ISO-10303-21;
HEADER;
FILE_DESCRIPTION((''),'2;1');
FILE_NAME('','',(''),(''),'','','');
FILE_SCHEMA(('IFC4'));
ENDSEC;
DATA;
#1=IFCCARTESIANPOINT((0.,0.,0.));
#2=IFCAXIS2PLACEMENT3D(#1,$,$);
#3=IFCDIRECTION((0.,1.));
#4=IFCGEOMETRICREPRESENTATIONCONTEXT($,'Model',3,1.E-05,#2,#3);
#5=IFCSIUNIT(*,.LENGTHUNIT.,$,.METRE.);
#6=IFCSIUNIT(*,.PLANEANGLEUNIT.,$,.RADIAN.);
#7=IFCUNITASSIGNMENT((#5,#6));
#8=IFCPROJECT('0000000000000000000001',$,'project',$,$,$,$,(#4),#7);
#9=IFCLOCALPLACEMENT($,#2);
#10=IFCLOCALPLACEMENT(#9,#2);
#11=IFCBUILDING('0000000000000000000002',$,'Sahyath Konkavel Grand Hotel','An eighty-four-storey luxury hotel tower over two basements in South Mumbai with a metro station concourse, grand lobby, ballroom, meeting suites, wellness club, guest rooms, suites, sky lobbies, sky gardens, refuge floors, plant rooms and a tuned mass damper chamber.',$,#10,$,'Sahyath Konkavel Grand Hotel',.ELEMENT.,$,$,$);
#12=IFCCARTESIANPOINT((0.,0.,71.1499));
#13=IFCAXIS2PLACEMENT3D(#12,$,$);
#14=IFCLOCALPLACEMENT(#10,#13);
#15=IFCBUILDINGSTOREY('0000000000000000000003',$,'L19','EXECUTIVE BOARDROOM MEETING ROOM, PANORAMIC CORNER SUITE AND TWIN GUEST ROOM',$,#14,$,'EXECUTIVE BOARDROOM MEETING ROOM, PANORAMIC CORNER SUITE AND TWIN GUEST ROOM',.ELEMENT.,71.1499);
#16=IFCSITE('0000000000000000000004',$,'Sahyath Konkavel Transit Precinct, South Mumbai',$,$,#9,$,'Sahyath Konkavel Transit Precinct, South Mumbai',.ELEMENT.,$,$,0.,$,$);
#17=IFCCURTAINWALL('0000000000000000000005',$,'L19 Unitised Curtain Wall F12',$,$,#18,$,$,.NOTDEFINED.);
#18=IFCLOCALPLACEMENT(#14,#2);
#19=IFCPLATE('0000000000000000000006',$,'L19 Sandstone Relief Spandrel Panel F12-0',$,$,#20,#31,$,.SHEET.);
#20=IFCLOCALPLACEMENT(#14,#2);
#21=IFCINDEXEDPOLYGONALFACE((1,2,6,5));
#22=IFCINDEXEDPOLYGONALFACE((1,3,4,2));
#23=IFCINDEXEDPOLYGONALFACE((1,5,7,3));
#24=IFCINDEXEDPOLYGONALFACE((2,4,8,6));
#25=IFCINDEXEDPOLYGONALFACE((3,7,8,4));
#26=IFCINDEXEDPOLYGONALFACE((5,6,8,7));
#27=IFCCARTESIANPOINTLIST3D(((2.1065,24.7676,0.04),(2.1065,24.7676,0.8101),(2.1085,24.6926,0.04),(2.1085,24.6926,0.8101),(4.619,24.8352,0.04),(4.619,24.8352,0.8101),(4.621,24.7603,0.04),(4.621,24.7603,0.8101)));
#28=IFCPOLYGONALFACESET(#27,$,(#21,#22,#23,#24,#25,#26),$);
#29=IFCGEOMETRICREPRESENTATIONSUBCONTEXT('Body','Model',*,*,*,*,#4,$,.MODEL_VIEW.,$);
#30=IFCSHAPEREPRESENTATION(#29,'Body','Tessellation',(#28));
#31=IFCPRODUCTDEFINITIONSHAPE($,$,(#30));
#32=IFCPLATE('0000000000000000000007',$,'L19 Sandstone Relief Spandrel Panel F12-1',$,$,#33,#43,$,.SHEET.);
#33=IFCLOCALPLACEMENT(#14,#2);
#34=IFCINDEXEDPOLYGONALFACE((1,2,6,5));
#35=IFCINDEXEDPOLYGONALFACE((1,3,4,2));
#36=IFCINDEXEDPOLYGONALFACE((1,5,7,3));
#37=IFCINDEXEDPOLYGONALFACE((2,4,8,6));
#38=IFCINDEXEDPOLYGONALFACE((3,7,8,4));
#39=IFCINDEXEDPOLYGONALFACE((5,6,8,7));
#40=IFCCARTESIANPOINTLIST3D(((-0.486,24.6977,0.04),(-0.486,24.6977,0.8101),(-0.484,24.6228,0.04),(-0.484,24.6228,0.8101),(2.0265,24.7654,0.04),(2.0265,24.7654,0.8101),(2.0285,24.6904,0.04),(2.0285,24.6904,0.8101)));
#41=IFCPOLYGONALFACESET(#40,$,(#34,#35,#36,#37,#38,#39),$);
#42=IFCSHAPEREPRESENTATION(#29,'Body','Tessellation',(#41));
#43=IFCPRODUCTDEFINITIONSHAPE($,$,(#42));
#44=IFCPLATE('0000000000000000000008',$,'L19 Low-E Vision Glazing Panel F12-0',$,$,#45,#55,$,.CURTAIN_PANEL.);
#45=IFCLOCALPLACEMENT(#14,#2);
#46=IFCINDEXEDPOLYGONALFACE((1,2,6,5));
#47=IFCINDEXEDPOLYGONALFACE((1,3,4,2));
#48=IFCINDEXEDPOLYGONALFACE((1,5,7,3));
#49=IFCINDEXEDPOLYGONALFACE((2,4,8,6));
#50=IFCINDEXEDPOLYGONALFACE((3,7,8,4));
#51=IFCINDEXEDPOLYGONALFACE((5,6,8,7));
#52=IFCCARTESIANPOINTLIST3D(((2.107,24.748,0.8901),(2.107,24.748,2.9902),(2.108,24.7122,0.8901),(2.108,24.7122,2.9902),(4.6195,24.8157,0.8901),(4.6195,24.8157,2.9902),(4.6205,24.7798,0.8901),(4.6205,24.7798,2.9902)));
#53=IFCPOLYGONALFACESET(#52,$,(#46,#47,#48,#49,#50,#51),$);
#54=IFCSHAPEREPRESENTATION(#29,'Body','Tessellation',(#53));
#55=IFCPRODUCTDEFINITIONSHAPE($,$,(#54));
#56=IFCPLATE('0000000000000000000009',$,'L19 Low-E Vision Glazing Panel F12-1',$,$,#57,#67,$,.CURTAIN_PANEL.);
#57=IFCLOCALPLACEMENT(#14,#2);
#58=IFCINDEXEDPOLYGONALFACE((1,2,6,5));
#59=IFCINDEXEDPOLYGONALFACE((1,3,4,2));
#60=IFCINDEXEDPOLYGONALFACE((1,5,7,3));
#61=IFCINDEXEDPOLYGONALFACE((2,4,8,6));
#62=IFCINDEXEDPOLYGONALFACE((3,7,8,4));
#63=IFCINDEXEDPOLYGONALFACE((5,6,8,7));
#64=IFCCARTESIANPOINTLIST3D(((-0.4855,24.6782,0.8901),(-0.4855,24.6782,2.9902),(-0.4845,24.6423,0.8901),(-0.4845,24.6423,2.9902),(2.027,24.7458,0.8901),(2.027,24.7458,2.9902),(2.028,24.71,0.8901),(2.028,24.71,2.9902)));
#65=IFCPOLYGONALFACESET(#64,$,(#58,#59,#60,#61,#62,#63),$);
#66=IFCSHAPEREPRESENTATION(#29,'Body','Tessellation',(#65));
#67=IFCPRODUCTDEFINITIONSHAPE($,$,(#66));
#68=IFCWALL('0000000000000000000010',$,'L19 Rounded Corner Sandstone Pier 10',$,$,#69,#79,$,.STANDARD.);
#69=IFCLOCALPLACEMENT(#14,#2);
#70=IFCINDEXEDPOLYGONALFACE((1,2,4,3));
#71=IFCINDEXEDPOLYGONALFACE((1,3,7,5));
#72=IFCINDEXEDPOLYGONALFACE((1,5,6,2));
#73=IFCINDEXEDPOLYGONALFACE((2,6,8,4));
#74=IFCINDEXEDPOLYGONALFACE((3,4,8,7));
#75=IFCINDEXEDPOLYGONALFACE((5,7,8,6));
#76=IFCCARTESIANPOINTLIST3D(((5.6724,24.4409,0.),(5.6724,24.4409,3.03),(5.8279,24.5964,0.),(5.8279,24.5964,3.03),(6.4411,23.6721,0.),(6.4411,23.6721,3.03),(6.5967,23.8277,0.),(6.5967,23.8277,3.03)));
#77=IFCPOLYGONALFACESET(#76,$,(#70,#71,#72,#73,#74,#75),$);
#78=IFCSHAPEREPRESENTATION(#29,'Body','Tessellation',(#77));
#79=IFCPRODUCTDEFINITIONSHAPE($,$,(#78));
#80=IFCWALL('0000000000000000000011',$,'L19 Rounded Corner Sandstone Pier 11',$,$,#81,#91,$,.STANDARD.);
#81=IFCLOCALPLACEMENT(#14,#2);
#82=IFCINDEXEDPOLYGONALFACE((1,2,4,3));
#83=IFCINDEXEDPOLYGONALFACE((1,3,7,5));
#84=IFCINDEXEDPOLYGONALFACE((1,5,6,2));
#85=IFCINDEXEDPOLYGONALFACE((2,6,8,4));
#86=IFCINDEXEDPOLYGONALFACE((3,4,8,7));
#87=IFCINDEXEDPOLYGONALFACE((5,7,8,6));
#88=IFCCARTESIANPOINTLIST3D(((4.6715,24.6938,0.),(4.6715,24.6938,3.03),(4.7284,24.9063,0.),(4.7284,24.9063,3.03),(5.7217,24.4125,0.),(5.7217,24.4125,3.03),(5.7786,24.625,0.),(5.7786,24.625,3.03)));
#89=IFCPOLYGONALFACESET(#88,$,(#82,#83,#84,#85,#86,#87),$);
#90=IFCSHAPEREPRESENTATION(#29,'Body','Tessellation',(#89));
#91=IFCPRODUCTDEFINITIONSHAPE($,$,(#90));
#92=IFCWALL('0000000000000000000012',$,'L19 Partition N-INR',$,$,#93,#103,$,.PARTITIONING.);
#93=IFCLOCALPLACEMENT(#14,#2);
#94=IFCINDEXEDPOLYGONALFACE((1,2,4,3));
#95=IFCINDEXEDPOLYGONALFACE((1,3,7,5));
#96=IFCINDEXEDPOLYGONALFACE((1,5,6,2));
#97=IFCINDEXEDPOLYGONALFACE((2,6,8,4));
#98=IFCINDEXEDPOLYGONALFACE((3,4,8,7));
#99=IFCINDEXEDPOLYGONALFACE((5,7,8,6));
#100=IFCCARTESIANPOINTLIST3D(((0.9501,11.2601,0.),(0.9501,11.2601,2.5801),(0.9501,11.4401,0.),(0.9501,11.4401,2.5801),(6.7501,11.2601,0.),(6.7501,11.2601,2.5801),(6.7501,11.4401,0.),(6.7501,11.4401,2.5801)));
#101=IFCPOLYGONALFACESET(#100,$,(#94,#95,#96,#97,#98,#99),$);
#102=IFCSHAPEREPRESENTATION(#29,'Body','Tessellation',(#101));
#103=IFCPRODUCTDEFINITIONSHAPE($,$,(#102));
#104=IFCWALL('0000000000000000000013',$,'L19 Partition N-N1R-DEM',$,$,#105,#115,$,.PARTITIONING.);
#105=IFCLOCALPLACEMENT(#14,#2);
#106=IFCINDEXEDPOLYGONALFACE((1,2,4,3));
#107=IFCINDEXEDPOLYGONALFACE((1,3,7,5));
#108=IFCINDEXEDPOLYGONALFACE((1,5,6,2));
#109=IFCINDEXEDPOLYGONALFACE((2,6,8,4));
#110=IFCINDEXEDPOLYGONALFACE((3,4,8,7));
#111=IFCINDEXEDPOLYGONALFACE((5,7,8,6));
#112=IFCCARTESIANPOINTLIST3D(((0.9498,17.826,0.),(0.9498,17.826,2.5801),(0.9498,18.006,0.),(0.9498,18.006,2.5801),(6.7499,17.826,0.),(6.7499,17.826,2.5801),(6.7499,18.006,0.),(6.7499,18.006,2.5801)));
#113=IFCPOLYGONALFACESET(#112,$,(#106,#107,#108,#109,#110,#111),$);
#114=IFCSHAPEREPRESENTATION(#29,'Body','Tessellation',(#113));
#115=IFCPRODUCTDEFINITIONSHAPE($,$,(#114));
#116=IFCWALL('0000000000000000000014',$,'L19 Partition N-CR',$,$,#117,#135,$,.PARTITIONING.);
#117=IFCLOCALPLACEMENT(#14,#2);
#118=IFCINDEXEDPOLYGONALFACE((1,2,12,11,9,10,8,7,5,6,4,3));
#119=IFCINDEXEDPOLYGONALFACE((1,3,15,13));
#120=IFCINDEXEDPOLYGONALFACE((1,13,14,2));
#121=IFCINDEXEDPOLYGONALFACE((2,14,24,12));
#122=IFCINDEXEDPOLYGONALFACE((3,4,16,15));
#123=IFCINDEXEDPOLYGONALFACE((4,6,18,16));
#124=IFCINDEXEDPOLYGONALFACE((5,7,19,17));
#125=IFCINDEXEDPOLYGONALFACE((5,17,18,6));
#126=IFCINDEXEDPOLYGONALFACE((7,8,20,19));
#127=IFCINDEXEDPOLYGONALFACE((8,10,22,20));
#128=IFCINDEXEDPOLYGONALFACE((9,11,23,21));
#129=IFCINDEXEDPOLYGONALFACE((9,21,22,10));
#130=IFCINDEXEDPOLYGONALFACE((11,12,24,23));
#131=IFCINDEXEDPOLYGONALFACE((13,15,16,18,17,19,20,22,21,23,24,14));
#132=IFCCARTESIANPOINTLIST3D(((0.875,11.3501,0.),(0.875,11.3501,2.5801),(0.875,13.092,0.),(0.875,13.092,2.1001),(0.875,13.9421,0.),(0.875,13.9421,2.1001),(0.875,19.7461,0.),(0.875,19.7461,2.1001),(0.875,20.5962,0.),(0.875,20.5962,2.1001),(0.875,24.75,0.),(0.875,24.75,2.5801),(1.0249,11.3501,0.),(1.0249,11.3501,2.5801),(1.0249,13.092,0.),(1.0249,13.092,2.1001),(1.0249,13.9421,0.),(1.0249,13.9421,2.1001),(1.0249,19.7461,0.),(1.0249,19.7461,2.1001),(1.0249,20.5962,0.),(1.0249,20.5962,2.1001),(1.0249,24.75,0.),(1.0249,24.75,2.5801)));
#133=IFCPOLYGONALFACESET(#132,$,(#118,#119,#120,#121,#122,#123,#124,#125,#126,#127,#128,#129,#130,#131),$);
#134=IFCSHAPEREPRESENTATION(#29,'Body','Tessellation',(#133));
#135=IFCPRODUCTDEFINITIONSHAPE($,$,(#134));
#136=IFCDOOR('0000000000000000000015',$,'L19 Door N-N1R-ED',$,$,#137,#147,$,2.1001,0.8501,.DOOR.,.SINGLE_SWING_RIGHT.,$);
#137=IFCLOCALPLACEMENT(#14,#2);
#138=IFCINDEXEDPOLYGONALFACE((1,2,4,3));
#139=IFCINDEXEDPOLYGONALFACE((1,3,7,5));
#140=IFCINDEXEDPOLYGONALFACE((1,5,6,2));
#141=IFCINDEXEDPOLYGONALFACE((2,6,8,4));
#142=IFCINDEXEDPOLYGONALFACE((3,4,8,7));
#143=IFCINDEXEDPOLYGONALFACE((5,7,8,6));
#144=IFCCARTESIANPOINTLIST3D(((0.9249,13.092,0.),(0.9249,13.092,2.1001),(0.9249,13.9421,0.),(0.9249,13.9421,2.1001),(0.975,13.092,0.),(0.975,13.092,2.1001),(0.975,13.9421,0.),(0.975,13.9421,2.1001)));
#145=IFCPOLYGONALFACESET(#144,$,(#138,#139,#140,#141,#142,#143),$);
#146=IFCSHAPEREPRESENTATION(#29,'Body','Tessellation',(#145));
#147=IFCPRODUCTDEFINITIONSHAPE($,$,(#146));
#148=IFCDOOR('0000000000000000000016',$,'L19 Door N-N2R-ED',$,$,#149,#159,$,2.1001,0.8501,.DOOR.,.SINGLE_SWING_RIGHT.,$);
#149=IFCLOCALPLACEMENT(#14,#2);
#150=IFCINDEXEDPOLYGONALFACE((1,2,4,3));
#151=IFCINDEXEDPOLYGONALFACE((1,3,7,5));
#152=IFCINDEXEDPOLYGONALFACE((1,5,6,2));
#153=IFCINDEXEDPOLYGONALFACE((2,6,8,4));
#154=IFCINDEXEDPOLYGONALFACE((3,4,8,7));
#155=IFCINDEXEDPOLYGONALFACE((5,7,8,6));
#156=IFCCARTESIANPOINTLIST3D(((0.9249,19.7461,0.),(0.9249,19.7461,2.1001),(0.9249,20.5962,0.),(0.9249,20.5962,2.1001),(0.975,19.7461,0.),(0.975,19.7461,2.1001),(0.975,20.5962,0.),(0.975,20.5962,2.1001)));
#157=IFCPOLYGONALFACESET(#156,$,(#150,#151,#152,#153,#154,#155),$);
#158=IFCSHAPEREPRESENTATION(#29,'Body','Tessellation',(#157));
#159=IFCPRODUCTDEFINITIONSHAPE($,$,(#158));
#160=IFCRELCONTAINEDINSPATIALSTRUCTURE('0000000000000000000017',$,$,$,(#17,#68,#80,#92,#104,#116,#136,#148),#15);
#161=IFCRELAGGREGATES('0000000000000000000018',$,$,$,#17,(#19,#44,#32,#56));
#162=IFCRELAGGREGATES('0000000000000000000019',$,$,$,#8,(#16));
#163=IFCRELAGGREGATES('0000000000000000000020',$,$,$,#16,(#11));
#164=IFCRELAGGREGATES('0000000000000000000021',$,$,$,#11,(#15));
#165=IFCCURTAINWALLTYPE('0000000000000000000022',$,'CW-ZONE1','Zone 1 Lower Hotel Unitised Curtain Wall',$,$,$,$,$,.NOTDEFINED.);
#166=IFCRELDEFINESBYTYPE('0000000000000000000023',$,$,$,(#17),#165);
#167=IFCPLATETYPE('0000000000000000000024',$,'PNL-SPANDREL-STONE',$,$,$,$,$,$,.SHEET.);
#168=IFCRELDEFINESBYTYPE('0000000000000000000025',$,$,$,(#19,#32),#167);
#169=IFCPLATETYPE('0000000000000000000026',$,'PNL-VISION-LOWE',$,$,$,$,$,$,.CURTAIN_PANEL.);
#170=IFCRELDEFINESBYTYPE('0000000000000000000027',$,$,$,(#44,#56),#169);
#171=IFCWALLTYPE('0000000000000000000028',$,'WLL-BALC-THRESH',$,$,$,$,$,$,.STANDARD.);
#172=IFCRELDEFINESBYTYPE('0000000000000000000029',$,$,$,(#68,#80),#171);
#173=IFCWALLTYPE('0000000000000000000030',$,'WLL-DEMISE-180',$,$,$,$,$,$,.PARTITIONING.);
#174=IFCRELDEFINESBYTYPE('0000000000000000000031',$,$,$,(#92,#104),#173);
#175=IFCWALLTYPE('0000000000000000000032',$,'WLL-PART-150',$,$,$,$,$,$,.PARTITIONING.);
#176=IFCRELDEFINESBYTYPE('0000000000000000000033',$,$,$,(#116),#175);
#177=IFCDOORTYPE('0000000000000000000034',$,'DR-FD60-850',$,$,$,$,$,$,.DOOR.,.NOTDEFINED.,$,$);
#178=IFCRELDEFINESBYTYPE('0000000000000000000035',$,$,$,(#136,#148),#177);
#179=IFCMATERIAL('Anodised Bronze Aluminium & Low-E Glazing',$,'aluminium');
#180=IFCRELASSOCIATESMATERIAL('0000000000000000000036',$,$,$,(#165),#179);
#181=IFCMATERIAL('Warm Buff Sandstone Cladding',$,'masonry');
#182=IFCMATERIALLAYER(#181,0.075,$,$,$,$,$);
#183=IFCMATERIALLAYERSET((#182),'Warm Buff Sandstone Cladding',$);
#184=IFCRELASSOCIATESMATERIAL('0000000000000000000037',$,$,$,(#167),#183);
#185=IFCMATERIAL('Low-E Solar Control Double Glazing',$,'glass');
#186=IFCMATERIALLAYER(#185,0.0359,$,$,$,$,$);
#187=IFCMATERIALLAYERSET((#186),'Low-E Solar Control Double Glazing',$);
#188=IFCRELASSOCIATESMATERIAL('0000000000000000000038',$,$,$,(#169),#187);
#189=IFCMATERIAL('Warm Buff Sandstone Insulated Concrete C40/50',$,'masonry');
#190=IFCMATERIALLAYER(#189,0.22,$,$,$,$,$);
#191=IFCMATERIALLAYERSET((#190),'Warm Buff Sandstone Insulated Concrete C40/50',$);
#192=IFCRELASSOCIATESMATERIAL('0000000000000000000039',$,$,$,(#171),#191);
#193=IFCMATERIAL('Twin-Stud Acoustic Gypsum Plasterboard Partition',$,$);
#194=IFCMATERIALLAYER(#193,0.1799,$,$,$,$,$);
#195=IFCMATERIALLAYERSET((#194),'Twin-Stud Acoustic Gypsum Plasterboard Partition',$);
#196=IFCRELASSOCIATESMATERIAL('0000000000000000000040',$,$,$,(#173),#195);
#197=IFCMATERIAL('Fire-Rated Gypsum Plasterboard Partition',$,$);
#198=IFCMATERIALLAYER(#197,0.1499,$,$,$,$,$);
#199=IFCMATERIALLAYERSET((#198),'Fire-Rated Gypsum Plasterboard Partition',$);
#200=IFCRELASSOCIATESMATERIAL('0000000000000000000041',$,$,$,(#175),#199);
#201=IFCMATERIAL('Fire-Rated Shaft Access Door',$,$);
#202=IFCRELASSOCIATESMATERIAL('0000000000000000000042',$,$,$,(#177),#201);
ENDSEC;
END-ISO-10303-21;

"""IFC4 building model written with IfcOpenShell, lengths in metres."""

from ifc_helpers import new_model, si_unit, direction, frame, frame_2d, origin, origin_2d, place, context, subcontext, project, spatial, rectangle, extrude, source, transform, mapped, material, layer, layer_set, type_object, element, fill, aggregate, save


model = new_model("IFC4")

# Units and contexts
model_context = context("Model", 3, precision=1e-05, world=origin(), true_north=direction((0.0, 1.0)))
body_context = subcontext(model_context, "Body", "Model", "MODEL_VIEW")
ifc_project = project(units=[si_unit("LENGTHUNIT", "METRE"), si_unit("PLANEANGLEUNIT", "RADIAN")], contexts=[model_context])

# Site, building, storey
site_placement = place(None, origin())
site = spatial("IfcSite", under=ifc_project, at=site_placement, Name="Sahyath Konkavel Transit Precinct, South Mumbai", LongName="Sahyath Konkavel Transit Precinct, South Mumbai", CompositionType="ELEMENT", RefElevation=0.0)
building_placement = place(site_placement, origin())
building = spatial("IfcBuilding", under=site, at=building_placement, Name="Sahyath Konkavel Grand Hotel", Description="An eighty-four-storey luxury hotel tower over two basements in South Mumbai with a metro station concourse, grand lobby, ballroom, meeting suites, wellness club, guest rooms, suites, sky lobbies, sky gardens, refuge floors, plant rooms and a tuned mass damper chamber.", LongName="Sahyath Konkavel Grand Hotel", CompositionType="ELEMENT")
storey_placement = place(building_placement, frame((0.0, 0.0, 71.1499)))
storey = spatial("IfcBuildingStorey", under=building, at=storey_placement, Name="L19", Description="EXECUTIVE BOARDROOM MEETING ROOM, PANORAMIC CORNER SUITE AND TWIN GUEST ROOM", LongName="EXECUTIVE BOARDROOM MEETING ROOM, PANORAMIC CORNER SUITE AND TWIN GUEST ROOM", CompositionType="ELEMENT", Elevation=71.1499)

# Curtain wall, plates
ifc_material_1 = material(Name="Anodised Bronze Aluminium & Low-E Glazing", Category="aluminium")
curtain_wall_type = type_object("IfcCurtainWallType", Name="CW-ZONE1", Description="Zone 1 Lower Hotel Unitised Curtain Wall", PredefinedType="NOTDEFINED", material=ifc_material_1)
curtain_wall_placement = place(storey_placement, origin())
curtain_wall = element("IfcCurtainWall", 1, at=curtain_wall_placement, inside=storey, type_object=curtain_wall_type, Name="L19 Unitised Curtain Wall F12", PredefinedType="NOTDEFINED")
ifc_material_2 = material(Name="Warm Buff Sandstone Cladding", Category="masonry")
ifc_layer_1 = layer(ifc_material_2, 0.075)
ifc_layer_set_1 = layer_set([ifc_layer_1], Name="Warm Buff Sandstone Cladding")
plate_type_1 = type_object("IfcPlateType", Name="PNL-SPANDREL-STONE", PredefinedType="SHEET", material=ifc_layer_set_1)
shared_shape_1 = source(origin(), body_context, "Body", "SweptSolid", [
    extrude(rectangle(XDim=2.5134, YDim=0.075, at=origin_2d()), origin(), (0.0, 0.0, 1.0), 0.77),
])
plate_1_placement = place(storey_placement, frame((3.3638, 24.7639, 0.04), z_axis=(0.0, 0.0, 1.0), x_axis=(-0.999638, -0.02691, 0.0)))
plate_1 = element("IfcPlate", 2, at=plate_1_placement, type_object=plate_type_1, Name="L19 Sandstone Relief Spandrel Panel F12-0", PredefinedType="SHEET", context=body_context, shape_type="MappedRepresentation", body=[
    mapped(shared_shape_1, transform((0.0, 0.0, 0.0), scale=1.0)),
])
plate_2_placement = place(storey_placement, frame((0.7712, 24.6941, 0.04), z_axis=(0.0, 0.0, 1.0), x_axis=(-0.999638, -0.02691, 0.0)))
plate_2 = element("IfcPlate", 3, at=plate_2_placement, type_object=plate_type_1, Name="L19 Sandstone Relief Spandrel Panel F12-1", PredefinedType="SHEET", context=body_context, shape_type="MappedRepresentation", body=[
    mapped(shared_shape_1, transform((0.0, 0.0, 0.0), scale=1.0)),
])
ifc_material_3 = material(Name="Low-E Solar Control Double Glazing", Category="glass")
ifc_layer_2 = layer(ifc_material_3, 0.0359)
ifc_layer_set_2 = layer_set([ifc_layer_2], Name="Low-E Solar Control Double Glazing")
plate_type_2 = type_object("IfcPlateType", Name="PNL-VISION-LOWE", PredefinedType="CURTAIN_PANEL", material=ifc_layer_set_2)
shared_shape_2 = source(origin(), body_context, "Body", "SweptSolid", [
    extrude(rectangle(XDim=2.5134, YDim=0.0359, at=origin_2d()), origin(), (0.0, 0.0, 1.0), 2.1001),
])
plate_3_placement = place(storey_placement, frame((3.3638, 24.7639, 0.8901), z_axis=(0.0, 0.0, 1.0), x_axis=(-0.999638, -0.02691, 0.0)))
plate_3 = element("IfcPlate", 4, at=plate_3_placement, type_object=plate_type_2, Name="L19 Low-E Vision Glazing Panel F12-0", PredefinedType="CURTAIN_PANEL", context=body_context, shape_type="MappedRepresentation", body=[
    mapped(shared_shape_2, transform((0.0, 0.0, 0.0), scale=1.0)),
])
plate_4_placement = place(storey_placement, frame((0.7712, 24.6941, 0.8901), z_axis=(0.0, 0.0, 1.0), x_axis=(-0.999638, -0.02691, 0.0)))
plate_4 = element("IfcPlate", 5, at=plate_4_placement, type_object=plate_type_2, Name="L19 Low-E Vision Glazing Panel F12-1", PredefinedType="CURTAIN_PANEL", context=body_context, shape_type="MappedRepresentation", body=[
    mapped(shared_shape_2, transform((0.0, 0.0, 0.0), scale=1.0)),
])
aggregate(curtain_wall, [plate_1, plate_3, plate_2, plate_4])

# Walls
ifc_material_4 = material(Name="Warm Buff Sandstone Insulated Concrete C40/50", Category="masonry")
ifc_layer_3 = layer(ifc_material_4, 0.22)
ifc_layer_set_3 = layer_set([ifc_layer_3], Name="Warm Buff Sandstone Insulated Concrete C40/50")
wall_type_1 = type_object("IfcWallType", Name="WLL-BALC-THRESH", PredefinedType="STANDARD", material=ifc_layer_set_3)
for number, where, z_axis, x_axis, name in (
    (6, (6.5188, 23.75, 0.0), (0.0, 0.0, 1.0), (-0.707107, 0.707107, 0.0), "L19 Rounded Corner Sandstone Pier 10"),
    (7, (5.75, 24.5188, 0.0), (0.0, 0.0, 1.0), (-0.965951, 0.258725, 0.0), "L19 Rounded Corner Sandstone Pier 11"),
):
    element("IfcWall", number, at=place(storey_placement, frame(where, z_axis=z_axis, x_axis=x_axis)), inside=storey, type_object=wall_type_1, Name=name, PredefinedType="STANDARD", context=body_context, shape_type="SweptSolid", body=[
        extrude(rectangle(XDim=1.0872, YDim=0.22, at=frame_2d((0.5435, 0.0))), origin(), (0.0, 0.0, 1.0), 3.03),
    ])
ifc_material_5 = material(Name="Twin-Stud Acoustic Gypsum Plasterboard Partition")
ifc_layer_4 = layer(ifc_material_5, 0.1799)
ifc_layer_set_4 = layer_set([ifc_layer_4], Name="Twin-Stud Acoustic Gypsum Plasterboard Partition")
wall_type_2 = type_object("IfcWallType", Name="WLL-DEMISE-180", PredefinedType="PARTITIONING", material=ifc_layer_set_4)
for number, where, z_axis, x_axis, name in (
    (8, (6.75, 11.3501, 0.0), (0.0, 0.0, 1.0), (-1.0, 0.0, 0.0), "L19 Partition N-INR"),
    (9, (0.95, 17.916, 0.0), (0.0, 0.0, 1.0), (1.0, 0.0, 0.0), "L19 Partition N-N1R-DEM"),
):
    element("IfcWall", number, at=place(storey_placement, frame(where, z_axis=z_axis, x_axis=x_axis)), inside=storey, type_object=wall_type_2, Name=name, PredefinedType="PARTITIONING", context=body_context, shape_type="SweptSolid", body=[
        extrude(rectangle(XDim=5.8, YDim=0.1799, at=frame_2d((2.8999, 0.0))), origin(), (0.0, 0.0, 1.0), 2.5801),
    ])

# Wall, openings, doors
ifc_material_6 = material(Name="Fire-Rated Gypsum Plasterboard Partition")
ifc_layer_5 = layer(ifc_material_6, 0.1499)
ifc_layer_set_5 = layer_set([ifc_layer_5], Name="Fire-Rated Gypsum Plasterboard Partition")
wall_type_3 = type_object("IfcWallType", Name="WLL-PART-150", PredefinedType="PARTITIONING", material=ifc_layer_set_5)
wall_1_placement = place(storey_placement, frame((0.95, 11.3501, 0.0), z_axis=(0.0, 0.0, 1.0), x_axis=(0.0, 1.0, 0.0)))
wall_1 = element("IfcWall", 10, at=wall_1_placement, inside=storey, type_object=wall_type_3, Name="L19 Partition N-CR", PredefinedType="PARTITIONING", context=body_context, shape_type="SweptSolid", body=[
    extrude(rectangle(XDim=13.3999, YDim=0.1499, at=frame_2d((6.7, 0.0))), origin(), (0.0, 0.0, 1.0), 2.5801),
])
opening_1_placement = place(wall_1_placement, frame((1.7419, 0.0, 0.0)))
opening_1 = element("IfcOpeningElement", 11, at=opening_1_placement, cuts=wall_1, PredefinedType="OPENING", context=body_context, shape_type="SweptSolid", body=[
    extrude(rectangle(XDim=0.8501, YDim=2.1001, at=frame_2d((0.425, 1.05))), frame((0.0, 0.085, 0.0), z_axis=(0.0, -1.0, 0.0), x_axis=(1.0, 0.0, 0.0)), (0.0, 0.0, 1.0), 0.1699),
])
opening_2_placement = place(wall_1_placement, frame((8.396, 0.0, 0.0)))
opening_2 = element("IfcOpeningElement", 12, at=opening_2_placement, cuts=wall_1, PredefinedType="OPENING", context=body_context, shape_type="SweptSolid", body=[
    extrude(rectangle(XDim=0.8501, YDim=2.1001, at=frame_2d((0.425, 1.05))), frame((0.0, 0.085, 0.0), z_axis=(0.0, -1.0, 0.0), x_axis=(1.0, 0.0, 0.0)), (0.0, 0.0, 1.0), 0.1699),
])
ifc_material_7 = material(Name="Fire-Rated Shaft Access Door")
door_type_1 = type_object("IfcDoorType", Name="DR-FD60-850", OperationType="NOTDEFINED", PredefinedType="DOOR", material=ifc_material_7)
shared_shape_3 = source(origin(), body_context, "Body", "SweptSolid", [
    extrude(rectangle(XDim=0.8501, YDim=0.05, at=origin_2d()), origin(), (0.0, 0.0, 1.0), 2.1001),
])
door_1_placement = place(opening_1_placement, frame((0.425, 0.0, 0.0)))
door_1 = element("IfcDoor", 13, at=door_1_placement, inside=storey, type_object=door_type_1, Name="L19 Door N-N1R-ED", OperationType="SINGLE_SWING_RIGHT", OverallHeight=2.1001, OverallWidth=0.8501, PredefinedType="DOOR", context=body_context, shape_type="MappedRepresentation", body=[
    mapped(shared_shape_3, transform((0.0, 0.0, 0.0), scale=1.0)),
])
fill(opening_1, door_1)
door_2_placement = place(opening_2_placement, frame((0.425, 0.0, 0.0)))
door_2 = element("IfcDoor", 14, at=door_2_placement, inside=storey, type_object=door_type_1, Name="L19 Door N-N2R-ED", OperationType="SINGLE_SWING_RIGHT", OverallHeight=2.1001, OverallWidth=0.8501, PredefinedType="DOOR", context=body_context, shape_type="MappedRepresentation", body=[
    mapped(shared_shape_3, transform((0.0, 0.0, 0.0), scale=1.0)),
])
fill(opening_2, door_2)

save(model, "model.ifc")
